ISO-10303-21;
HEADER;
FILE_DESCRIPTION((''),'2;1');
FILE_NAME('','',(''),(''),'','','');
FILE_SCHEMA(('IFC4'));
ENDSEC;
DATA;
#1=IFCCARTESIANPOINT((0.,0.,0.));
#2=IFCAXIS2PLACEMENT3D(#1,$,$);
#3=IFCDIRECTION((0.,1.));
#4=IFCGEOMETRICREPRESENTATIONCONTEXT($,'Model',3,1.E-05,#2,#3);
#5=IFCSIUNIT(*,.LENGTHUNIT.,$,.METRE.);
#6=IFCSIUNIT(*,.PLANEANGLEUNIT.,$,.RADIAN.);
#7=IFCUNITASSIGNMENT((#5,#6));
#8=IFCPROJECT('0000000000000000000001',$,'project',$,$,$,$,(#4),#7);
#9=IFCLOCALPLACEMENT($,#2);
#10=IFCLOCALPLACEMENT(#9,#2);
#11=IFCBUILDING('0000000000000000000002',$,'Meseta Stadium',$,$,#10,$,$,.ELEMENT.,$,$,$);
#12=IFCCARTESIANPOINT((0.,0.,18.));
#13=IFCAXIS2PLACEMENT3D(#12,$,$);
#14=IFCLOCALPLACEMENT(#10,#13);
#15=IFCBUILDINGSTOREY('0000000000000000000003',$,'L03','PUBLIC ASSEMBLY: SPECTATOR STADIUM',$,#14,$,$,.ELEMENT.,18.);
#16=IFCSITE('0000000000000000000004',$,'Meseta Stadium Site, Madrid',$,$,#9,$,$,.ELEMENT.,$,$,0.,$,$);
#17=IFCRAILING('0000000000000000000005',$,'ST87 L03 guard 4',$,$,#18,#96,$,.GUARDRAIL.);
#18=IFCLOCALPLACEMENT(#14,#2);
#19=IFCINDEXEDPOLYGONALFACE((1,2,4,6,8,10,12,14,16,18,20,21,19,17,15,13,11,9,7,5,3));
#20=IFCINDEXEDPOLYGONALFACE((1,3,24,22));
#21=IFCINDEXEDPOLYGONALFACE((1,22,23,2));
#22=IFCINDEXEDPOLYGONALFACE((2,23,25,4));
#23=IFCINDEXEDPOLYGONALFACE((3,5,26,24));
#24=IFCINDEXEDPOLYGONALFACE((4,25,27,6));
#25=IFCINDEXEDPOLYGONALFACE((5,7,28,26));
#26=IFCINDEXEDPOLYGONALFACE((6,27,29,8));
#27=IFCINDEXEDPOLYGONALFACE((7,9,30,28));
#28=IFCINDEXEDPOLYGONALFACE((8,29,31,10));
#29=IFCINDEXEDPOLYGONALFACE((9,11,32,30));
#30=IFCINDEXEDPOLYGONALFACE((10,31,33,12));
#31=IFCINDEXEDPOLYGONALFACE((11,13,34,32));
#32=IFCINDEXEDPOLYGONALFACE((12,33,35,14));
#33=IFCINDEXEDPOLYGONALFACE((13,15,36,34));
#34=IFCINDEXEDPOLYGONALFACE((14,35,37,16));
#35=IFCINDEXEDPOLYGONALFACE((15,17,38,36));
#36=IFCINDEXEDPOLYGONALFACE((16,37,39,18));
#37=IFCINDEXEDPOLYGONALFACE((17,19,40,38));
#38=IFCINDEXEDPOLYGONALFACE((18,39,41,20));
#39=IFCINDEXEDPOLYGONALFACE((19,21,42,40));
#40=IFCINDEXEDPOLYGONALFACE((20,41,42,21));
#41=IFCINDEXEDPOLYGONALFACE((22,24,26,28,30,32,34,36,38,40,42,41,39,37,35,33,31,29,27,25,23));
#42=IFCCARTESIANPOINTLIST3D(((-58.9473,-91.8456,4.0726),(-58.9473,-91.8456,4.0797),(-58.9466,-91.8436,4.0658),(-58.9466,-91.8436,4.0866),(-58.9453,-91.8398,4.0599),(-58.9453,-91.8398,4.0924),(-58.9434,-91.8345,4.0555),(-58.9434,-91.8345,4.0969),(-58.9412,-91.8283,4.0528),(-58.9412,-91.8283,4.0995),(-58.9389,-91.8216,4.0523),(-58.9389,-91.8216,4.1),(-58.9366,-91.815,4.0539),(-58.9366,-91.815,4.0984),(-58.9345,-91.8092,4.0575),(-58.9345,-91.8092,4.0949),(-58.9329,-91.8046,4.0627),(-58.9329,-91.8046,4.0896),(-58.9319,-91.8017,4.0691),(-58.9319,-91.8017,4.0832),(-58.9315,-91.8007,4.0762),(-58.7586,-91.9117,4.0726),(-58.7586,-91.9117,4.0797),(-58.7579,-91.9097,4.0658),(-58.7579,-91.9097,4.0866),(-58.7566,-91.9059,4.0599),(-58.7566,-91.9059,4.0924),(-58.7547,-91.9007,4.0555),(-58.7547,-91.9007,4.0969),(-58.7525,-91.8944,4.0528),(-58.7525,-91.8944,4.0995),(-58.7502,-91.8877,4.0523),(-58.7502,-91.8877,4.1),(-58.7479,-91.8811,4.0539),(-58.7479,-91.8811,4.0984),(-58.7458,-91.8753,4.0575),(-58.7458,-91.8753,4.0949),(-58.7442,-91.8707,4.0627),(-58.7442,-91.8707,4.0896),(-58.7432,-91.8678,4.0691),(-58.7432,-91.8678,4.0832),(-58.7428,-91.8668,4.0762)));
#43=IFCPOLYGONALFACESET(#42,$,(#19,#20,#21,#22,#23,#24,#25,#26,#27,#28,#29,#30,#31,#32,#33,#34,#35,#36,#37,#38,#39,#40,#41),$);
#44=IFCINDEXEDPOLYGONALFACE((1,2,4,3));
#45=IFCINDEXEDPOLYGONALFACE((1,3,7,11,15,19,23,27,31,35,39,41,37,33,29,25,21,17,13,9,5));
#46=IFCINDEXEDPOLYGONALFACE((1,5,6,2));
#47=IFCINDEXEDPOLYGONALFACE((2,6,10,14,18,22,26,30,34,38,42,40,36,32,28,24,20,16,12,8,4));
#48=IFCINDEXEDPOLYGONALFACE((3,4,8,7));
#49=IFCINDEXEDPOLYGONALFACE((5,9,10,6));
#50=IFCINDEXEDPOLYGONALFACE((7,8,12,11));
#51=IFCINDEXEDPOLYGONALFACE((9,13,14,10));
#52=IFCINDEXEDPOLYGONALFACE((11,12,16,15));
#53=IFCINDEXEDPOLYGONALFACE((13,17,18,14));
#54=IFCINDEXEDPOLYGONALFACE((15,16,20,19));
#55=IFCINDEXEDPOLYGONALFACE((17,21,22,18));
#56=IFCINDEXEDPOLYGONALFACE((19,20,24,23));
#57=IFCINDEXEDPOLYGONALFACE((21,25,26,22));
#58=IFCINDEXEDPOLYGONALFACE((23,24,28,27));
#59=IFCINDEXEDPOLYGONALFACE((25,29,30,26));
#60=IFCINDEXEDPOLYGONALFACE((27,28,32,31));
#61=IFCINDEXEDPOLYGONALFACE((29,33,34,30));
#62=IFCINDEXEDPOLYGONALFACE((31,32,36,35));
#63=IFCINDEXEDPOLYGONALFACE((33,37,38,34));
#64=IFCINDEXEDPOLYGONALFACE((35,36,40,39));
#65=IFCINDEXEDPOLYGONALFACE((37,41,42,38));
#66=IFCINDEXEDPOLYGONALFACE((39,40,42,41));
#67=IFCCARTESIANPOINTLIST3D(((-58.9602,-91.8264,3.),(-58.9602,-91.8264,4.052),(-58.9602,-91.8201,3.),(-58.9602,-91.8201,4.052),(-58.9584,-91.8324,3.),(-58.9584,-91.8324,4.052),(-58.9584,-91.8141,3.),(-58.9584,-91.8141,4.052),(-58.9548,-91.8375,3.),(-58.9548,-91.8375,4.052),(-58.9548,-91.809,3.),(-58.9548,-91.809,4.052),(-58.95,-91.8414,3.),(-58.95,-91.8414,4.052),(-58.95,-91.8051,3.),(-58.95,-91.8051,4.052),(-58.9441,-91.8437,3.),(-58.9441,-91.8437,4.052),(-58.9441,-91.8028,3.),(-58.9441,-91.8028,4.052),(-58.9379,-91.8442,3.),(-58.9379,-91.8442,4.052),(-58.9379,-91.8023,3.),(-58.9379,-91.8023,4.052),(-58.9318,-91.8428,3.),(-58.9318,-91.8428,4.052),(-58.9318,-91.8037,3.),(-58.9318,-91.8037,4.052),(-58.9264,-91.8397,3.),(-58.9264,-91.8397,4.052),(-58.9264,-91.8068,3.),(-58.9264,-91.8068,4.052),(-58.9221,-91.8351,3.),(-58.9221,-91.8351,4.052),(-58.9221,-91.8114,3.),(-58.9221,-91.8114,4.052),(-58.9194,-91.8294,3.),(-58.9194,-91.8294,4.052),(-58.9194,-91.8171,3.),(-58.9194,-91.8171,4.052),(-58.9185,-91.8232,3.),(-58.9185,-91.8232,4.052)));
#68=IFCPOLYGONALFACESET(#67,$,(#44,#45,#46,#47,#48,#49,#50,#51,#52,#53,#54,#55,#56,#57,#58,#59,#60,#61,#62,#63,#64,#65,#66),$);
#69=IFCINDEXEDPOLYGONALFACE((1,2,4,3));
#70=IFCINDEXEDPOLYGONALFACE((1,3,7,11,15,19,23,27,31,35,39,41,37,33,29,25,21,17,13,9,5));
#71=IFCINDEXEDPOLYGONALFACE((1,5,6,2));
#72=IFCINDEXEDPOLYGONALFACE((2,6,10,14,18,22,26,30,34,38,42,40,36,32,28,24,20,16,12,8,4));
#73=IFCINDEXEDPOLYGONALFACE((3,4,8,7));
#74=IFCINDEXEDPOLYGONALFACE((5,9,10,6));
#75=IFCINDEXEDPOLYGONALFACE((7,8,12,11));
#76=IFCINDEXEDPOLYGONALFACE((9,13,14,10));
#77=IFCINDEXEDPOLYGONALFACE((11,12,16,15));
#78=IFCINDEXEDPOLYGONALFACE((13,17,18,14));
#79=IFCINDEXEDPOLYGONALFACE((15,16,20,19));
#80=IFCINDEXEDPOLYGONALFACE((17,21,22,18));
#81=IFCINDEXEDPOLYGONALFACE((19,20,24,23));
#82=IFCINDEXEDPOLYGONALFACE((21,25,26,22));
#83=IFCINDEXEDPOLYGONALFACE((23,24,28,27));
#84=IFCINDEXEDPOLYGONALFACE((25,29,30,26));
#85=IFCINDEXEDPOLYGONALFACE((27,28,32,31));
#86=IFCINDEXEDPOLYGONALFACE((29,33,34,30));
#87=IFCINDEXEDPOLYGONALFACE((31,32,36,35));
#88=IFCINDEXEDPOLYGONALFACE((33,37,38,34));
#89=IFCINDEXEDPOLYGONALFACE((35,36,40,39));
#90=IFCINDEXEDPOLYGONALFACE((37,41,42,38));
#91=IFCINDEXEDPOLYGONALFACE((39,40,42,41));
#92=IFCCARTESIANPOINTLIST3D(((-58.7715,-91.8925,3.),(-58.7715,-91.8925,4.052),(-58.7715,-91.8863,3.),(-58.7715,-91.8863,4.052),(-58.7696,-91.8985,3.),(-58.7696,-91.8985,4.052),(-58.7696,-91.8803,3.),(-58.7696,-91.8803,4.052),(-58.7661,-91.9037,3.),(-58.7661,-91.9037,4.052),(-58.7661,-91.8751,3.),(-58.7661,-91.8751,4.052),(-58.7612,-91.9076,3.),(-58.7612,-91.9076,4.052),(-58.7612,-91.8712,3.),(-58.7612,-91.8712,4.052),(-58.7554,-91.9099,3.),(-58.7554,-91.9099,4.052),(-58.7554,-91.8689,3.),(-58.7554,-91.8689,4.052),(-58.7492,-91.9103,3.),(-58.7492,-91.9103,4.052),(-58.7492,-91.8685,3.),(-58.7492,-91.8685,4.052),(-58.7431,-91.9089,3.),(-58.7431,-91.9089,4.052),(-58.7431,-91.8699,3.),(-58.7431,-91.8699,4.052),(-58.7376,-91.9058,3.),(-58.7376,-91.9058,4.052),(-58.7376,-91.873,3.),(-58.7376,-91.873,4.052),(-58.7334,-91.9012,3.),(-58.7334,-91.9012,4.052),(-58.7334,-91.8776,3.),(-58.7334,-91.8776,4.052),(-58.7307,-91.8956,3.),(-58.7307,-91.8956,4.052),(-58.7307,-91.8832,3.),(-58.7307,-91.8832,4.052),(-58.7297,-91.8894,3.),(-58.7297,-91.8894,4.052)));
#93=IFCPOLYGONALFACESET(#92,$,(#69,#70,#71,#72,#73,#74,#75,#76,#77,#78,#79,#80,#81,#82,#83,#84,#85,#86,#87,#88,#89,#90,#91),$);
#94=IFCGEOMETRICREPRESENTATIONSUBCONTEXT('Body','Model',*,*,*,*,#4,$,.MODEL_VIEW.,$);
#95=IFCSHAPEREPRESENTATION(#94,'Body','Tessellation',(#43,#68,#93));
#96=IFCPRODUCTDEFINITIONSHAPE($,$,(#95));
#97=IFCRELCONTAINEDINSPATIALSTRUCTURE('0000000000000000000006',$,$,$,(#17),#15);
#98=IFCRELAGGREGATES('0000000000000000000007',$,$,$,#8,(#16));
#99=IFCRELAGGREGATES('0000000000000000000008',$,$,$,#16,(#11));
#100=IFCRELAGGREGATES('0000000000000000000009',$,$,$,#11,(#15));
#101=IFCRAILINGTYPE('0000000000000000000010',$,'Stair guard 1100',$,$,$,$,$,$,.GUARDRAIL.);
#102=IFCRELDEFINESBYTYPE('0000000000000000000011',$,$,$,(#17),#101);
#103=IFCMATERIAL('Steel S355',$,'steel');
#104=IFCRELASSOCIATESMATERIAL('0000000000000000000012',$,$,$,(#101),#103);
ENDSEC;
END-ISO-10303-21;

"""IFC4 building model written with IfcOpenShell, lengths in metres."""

from ifc_helpers import new_model, si_unit, direction, frame, origin, origin_2d, place, context, subcontext, project, spatial, circle, extrude, material, type_object, element, save


model = new_model("IFC4")

# Units and contexts
model_context = context("Model", 3, precision=1e-05, world=origin(), true_north=direction((0.0, 1.0)))
body_context = subcontext(model_context, "Body", "Model", "MODEL_VIEW")
ifc_project = project(units=[si_unit("LENGTHUNIT", "METRE"), si_unit("PLANEANGLEUNIT", "RADIAN")], contexts=[model_context])

# Site, building, storey
site_placement = place(None, origin())
site = spatial("IfcSite", under=ifc_project, at=site_placement, Name="Meseta Stadium Site, Madrid", CompositionType="ELEMENT", RefElevation=0.0)
building_placement = place(site_placement, origin())
building = spatial("IfcBuilding", under=site, at=building_placement, Name="Meseta Stadium", CompositionType="ELEMENT")
storey_placement = place(building_placement, frame((0.0, 0.0, 18.0)))
storey = spatial("IfcBuildingStorey", under=building, at=storey_placement, Name="L03", Description="PUBLIC ASSEMBLY: SPECTATOR STADIUM", CompositionType="ELEMENT", Elevation=18.0)

# Railing
ifc_material_1 = material(Name="Steel S355", Category="steel")
railing_type_1 = type_object("IfcRailingType", Name="Stair guard 1100", PredefinedType="GUARDRAIL", material=ifc_material_1)
railing_1_placement = place(storey_placement, frame((-58.9395, -91.8232, 3.0)))
element("IfcRailing", 1, at=railing_1_placement, inside=storey, type_object=railing_type_1, Name="ST87 L03 guard 4", PredefinedType="GUARDRAIL", context=body_context, shape_type="SweptSolid", body=[
    extrude(circle(Radius=0.0239, at=origin_2d()), frame((0.0, 0.0, 1.0762), z_axis=(0.943687, -0.33084, 0.0), x_axis=(0.33084, 0.943687, 0.0)), (0.0, 0.0, 1.0), 0.2),
    extrude(circle(Radius=0.021, at=origin_2d()), origin(), (0.0, 0.0, 1.0), 1.052),
    extrude(circle(Radius=0.021, at=origin_2d()), frame((0.1887, -0.0662, 0.0)), (0.0, 0.0, 1.0), 1.052),
])

save(model, "model.ifc")
